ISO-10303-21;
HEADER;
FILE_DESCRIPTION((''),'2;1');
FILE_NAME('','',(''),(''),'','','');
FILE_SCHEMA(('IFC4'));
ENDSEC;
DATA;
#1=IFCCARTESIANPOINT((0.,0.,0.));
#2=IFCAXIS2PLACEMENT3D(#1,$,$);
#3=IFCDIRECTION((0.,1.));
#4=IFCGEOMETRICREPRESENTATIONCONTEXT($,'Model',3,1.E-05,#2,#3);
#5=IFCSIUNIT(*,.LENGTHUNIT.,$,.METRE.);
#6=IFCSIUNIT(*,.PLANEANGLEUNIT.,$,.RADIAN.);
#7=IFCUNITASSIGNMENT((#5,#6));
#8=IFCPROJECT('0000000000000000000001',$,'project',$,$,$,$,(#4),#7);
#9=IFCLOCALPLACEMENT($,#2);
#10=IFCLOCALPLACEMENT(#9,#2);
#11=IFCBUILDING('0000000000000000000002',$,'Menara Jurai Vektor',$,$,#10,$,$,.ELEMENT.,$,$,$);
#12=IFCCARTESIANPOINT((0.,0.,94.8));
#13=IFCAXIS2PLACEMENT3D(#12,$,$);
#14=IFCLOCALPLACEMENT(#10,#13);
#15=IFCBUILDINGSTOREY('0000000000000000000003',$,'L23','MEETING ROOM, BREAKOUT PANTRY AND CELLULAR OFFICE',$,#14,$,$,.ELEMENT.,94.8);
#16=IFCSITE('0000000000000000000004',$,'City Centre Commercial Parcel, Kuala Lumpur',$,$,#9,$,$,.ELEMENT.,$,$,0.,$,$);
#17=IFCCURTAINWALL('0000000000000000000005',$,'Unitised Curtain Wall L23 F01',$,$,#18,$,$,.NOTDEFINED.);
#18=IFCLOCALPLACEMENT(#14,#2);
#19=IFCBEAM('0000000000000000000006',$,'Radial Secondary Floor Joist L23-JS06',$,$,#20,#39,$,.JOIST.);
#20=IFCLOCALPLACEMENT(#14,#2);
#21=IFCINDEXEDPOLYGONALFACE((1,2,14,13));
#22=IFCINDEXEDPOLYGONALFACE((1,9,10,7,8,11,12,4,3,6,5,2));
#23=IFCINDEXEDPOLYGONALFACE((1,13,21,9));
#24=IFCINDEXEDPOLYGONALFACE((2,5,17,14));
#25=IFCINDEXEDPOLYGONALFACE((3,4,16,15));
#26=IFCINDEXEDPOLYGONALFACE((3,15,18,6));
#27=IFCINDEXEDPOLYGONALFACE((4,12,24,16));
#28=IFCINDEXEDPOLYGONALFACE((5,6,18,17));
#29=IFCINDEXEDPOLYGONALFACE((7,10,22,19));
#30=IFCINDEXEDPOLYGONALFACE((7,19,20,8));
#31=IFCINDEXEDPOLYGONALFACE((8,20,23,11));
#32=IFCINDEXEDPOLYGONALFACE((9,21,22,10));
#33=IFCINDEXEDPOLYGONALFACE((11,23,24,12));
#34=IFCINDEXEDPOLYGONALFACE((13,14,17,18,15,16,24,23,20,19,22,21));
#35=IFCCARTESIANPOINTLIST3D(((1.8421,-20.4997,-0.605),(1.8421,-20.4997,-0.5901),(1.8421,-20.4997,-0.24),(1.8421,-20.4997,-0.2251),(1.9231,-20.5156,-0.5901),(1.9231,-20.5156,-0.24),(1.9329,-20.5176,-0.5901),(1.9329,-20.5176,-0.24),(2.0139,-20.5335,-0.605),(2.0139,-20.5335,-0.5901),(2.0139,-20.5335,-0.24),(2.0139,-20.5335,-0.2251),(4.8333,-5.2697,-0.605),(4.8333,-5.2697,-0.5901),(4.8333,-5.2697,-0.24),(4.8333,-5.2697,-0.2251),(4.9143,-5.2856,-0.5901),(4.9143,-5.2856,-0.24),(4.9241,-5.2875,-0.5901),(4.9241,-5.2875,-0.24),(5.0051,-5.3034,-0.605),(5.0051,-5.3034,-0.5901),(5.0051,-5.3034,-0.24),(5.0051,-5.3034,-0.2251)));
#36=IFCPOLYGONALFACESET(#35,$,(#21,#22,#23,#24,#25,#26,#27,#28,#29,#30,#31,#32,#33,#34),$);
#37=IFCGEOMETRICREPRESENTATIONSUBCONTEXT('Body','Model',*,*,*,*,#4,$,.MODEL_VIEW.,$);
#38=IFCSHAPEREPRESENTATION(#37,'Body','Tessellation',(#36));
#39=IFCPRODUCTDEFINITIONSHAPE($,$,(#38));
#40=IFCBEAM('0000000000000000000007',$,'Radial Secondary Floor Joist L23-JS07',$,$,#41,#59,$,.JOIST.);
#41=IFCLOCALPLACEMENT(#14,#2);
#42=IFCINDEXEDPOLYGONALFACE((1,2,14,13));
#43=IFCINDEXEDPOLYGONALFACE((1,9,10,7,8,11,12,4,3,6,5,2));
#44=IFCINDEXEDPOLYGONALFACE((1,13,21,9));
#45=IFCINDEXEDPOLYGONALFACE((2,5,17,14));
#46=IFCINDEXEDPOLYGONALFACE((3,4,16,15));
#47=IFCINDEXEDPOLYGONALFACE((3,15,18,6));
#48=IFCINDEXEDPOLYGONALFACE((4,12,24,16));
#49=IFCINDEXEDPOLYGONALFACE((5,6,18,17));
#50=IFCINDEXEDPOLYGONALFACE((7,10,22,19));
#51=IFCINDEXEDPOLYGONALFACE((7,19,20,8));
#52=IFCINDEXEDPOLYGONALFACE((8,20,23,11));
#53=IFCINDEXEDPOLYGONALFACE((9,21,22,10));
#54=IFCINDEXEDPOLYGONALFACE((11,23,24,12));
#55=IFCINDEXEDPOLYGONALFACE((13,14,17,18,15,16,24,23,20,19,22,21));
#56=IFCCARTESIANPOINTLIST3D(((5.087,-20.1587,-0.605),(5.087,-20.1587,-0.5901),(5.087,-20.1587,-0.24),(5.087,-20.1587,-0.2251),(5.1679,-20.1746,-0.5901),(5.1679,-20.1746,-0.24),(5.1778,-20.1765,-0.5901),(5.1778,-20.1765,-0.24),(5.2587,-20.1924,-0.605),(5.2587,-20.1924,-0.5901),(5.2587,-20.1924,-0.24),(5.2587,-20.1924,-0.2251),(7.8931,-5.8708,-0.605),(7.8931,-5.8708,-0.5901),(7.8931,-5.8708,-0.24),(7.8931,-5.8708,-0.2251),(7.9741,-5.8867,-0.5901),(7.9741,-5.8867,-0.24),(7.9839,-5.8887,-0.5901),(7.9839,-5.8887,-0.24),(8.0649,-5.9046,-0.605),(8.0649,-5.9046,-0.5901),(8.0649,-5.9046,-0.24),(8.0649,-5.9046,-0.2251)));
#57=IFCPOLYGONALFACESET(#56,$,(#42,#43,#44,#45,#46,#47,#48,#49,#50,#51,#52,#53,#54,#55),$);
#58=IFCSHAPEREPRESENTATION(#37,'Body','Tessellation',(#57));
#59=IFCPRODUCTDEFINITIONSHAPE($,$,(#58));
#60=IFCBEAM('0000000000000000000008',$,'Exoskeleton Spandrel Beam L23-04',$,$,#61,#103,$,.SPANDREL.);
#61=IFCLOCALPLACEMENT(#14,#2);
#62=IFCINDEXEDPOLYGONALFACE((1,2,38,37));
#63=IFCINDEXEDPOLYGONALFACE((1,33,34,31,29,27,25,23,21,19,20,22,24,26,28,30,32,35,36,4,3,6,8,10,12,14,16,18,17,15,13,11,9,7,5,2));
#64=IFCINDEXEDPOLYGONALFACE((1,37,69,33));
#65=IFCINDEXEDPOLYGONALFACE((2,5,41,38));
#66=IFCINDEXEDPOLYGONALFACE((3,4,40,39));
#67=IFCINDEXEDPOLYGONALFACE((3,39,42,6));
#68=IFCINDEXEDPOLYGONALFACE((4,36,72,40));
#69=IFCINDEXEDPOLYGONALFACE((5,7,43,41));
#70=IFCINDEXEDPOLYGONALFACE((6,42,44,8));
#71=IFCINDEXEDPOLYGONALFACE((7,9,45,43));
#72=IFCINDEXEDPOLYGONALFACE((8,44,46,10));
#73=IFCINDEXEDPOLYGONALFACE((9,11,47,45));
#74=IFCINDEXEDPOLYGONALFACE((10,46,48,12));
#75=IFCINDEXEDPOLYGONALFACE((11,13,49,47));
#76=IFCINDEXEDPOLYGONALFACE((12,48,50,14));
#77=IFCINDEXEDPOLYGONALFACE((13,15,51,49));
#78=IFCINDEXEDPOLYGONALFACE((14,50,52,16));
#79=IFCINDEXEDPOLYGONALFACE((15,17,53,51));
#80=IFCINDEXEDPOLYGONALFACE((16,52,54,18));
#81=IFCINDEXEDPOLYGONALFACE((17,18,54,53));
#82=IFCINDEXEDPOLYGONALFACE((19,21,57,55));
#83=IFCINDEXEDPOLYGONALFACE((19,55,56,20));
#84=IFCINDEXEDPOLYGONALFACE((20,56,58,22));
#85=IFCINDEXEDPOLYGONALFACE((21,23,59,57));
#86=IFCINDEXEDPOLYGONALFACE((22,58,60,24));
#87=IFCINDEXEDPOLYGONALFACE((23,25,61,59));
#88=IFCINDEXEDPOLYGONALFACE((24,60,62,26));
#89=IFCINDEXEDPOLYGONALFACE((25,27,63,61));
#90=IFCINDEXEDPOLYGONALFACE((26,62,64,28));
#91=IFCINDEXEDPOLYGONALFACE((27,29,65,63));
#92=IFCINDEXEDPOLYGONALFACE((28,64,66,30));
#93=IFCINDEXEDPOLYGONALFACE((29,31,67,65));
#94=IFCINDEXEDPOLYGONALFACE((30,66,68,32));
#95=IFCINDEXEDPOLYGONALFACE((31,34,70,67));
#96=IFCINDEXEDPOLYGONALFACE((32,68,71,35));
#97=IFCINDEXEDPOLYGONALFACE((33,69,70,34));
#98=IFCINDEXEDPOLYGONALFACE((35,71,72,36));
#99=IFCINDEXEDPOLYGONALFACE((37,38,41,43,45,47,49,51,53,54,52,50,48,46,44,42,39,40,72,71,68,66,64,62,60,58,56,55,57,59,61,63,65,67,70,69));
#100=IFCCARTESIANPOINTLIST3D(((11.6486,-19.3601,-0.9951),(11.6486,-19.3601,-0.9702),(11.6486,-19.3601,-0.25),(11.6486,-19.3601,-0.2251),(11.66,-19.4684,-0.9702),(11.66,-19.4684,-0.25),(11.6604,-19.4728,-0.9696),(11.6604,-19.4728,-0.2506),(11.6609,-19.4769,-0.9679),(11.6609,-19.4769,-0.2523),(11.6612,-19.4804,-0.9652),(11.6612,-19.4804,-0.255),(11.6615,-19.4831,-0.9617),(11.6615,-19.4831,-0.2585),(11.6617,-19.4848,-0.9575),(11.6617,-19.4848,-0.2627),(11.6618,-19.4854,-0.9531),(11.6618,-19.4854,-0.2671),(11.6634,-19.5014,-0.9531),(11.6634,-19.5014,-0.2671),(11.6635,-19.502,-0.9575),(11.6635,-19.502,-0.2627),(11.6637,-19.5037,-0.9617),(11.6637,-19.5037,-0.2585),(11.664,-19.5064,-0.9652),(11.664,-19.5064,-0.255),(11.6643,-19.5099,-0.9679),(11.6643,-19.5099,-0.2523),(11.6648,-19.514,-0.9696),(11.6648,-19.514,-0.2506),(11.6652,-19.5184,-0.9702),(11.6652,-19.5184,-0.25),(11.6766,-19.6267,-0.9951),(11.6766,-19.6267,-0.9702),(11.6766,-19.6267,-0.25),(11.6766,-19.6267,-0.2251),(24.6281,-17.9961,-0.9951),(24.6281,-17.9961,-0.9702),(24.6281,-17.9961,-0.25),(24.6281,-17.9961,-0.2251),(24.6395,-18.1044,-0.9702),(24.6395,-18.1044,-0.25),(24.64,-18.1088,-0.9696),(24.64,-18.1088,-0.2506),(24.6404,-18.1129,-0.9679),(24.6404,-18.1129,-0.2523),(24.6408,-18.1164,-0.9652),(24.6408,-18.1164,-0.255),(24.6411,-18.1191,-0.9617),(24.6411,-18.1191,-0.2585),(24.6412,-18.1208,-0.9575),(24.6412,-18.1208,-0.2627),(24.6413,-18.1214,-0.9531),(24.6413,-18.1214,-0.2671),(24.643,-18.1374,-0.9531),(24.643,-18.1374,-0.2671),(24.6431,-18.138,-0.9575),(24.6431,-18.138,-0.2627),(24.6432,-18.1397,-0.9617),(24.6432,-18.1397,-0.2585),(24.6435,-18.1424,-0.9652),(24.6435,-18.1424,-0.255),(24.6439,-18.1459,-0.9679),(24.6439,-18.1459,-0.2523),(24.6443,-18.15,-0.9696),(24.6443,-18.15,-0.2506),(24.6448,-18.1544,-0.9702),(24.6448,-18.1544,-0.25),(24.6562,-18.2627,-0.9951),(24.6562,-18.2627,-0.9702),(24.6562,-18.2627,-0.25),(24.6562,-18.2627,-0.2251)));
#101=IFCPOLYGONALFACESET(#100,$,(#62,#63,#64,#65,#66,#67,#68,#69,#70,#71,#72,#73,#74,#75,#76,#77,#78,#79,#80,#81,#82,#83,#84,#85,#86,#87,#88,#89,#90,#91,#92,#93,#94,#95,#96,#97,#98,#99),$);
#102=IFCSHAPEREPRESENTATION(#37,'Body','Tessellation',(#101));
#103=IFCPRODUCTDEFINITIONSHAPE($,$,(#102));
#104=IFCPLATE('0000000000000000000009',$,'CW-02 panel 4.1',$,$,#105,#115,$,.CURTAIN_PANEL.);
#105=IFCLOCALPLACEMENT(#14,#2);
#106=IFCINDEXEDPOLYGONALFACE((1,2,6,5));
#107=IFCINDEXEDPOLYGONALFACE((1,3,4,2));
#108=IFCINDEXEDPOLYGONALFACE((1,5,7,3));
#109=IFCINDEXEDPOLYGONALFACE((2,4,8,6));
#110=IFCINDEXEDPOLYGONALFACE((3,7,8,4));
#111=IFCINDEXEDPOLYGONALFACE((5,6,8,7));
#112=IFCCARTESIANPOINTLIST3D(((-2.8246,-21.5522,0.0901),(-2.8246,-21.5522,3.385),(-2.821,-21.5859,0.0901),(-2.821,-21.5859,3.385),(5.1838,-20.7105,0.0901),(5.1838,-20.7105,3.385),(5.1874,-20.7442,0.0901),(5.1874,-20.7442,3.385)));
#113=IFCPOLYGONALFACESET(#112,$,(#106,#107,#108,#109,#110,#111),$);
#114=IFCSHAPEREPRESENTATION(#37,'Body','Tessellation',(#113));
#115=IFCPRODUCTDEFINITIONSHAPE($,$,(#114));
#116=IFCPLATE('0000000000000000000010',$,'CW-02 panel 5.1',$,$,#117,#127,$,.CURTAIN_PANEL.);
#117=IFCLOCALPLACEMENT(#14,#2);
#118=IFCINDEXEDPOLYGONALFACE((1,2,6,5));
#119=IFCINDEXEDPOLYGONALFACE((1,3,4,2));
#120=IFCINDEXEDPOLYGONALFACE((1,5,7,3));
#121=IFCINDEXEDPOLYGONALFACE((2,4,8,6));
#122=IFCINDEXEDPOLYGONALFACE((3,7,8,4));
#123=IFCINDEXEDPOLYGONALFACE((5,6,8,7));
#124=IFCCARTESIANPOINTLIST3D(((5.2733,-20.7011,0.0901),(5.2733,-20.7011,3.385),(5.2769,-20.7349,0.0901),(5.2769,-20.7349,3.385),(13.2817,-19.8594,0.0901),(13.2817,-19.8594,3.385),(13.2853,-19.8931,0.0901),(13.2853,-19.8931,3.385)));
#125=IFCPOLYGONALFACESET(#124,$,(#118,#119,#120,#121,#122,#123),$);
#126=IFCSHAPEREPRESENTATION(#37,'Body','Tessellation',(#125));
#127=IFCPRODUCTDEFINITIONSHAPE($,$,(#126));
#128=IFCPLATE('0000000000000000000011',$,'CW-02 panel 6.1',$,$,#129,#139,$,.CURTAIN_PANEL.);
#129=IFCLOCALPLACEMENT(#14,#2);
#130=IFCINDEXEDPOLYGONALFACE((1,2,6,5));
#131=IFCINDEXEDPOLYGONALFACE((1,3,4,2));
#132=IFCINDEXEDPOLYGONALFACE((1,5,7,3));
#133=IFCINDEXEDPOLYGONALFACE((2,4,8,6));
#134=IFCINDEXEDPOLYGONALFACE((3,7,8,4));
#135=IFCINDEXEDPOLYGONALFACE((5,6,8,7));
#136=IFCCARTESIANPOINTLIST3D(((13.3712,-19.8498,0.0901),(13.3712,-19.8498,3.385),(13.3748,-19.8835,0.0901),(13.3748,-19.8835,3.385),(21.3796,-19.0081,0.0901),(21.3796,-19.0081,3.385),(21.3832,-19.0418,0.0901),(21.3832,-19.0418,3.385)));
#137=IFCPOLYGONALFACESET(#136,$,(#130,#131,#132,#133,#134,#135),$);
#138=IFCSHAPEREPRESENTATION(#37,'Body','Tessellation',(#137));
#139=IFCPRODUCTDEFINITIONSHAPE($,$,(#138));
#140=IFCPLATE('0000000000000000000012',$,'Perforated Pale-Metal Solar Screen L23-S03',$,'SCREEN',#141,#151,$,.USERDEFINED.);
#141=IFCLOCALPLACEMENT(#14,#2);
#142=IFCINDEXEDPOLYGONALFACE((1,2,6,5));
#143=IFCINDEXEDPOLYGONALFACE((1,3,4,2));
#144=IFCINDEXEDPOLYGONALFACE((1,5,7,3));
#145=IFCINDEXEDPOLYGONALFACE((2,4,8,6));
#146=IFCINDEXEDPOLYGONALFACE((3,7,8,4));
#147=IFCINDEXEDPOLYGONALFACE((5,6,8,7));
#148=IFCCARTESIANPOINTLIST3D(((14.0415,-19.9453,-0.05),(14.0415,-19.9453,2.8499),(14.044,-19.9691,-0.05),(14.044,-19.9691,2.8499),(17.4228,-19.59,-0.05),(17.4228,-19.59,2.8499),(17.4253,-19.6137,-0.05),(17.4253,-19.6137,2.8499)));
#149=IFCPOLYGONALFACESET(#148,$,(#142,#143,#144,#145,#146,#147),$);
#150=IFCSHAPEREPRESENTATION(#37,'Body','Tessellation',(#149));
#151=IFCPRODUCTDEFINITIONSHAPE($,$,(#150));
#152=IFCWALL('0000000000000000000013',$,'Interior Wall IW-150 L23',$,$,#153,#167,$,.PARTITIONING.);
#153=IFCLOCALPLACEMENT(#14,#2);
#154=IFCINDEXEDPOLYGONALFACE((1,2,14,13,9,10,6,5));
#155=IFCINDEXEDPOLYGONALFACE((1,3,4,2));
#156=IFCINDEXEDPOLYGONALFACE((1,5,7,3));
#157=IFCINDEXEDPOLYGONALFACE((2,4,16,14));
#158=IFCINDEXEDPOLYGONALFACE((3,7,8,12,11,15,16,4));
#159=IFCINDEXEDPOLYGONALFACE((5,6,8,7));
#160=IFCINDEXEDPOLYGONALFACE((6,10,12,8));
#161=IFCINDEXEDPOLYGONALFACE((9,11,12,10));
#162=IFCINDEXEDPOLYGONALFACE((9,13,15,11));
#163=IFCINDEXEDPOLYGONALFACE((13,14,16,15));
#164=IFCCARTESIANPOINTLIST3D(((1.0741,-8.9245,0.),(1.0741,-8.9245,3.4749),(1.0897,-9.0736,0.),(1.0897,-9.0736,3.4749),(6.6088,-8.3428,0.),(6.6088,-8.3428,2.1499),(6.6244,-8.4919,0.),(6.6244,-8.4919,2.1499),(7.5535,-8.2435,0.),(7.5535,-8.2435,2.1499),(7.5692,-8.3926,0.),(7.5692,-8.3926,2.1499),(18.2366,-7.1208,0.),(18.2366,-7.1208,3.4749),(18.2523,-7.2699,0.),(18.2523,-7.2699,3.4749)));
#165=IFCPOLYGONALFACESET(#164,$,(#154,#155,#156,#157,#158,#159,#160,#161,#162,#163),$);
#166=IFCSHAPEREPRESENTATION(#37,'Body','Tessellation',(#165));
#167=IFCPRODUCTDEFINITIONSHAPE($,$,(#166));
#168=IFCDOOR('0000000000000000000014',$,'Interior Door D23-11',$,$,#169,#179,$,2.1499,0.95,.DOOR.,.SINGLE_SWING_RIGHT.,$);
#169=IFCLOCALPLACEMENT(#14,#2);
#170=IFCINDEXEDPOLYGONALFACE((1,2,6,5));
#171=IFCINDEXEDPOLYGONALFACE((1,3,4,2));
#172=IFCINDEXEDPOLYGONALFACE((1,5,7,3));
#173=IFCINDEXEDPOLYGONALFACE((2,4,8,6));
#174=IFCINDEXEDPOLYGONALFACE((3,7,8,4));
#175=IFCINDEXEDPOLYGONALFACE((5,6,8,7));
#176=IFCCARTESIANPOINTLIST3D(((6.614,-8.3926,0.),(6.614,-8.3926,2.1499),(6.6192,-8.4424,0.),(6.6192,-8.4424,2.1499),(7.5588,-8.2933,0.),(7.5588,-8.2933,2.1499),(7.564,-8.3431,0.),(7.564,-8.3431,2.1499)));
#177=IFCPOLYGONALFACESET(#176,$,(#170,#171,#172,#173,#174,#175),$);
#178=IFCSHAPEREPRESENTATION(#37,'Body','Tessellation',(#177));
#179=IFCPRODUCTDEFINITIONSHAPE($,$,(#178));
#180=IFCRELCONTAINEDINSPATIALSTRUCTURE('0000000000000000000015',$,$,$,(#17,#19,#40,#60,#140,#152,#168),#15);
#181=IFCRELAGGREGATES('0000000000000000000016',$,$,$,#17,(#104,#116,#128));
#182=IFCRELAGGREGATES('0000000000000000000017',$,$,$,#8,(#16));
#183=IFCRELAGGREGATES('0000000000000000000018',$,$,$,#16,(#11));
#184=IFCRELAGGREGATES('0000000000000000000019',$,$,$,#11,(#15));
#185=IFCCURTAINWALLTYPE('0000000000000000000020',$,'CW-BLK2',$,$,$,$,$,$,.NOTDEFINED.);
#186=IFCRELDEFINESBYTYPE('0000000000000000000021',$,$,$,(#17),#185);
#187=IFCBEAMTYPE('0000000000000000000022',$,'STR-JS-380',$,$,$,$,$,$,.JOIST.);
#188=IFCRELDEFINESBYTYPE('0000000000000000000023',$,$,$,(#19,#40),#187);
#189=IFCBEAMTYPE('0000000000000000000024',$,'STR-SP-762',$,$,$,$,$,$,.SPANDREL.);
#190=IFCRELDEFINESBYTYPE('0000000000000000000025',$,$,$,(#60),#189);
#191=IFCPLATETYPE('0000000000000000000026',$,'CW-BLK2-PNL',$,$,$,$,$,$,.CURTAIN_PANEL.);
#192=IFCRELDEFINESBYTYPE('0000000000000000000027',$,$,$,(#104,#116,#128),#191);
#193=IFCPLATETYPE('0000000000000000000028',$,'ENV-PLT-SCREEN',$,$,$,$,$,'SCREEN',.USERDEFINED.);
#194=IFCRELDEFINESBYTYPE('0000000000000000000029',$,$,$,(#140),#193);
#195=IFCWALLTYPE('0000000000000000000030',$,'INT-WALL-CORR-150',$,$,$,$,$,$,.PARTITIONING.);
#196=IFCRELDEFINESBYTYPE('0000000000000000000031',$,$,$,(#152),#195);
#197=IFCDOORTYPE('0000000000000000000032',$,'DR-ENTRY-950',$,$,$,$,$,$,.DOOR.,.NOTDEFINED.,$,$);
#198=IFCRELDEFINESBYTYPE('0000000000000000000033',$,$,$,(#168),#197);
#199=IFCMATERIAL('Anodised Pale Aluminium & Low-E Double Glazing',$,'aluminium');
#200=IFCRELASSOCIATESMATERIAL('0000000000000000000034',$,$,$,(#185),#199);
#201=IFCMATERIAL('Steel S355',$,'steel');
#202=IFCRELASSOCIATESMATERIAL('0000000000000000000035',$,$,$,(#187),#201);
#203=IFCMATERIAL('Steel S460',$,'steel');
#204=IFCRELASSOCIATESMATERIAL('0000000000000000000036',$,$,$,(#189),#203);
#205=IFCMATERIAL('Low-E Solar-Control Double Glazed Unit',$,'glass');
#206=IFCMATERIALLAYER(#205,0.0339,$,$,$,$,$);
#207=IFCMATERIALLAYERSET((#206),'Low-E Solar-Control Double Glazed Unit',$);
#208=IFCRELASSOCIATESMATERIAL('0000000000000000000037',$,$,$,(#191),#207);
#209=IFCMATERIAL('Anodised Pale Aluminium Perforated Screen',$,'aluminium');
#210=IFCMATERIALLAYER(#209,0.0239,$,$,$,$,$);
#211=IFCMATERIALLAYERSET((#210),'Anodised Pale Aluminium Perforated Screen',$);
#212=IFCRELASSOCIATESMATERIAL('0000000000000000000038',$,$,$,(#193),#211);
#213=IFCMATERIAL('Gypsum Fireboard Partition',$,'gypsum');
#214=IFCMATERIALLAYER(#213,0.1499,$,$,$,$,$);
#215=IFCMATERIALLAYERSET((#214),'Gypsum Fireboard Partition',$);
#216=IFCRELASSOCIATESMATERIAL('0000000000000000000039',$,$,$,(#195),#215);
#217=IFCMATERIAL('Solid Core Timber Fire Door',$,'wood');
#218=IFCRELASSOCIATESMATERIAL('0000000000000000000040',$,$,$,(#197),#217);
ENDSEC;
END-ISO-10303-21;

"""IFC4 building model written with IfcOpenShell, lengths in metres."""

from ifc_helpers import new_model, si_unit, direction, frame, frame_2d, origin, origin_2d, place, context, subcontext, project, spatial, rectangle, i_section, extrude, material, layer, layer_set, material_profile, profile_set, type_object, element, fill, aggregate, save


model = new_model("IFC4")

# Units and contexts
model_context = context("Model", 3, precision=1e-05, world=origin(), true_north=direction((0.0, 1.0)))
body_context = subcontext(model_context, "Body", "Model", "MODEL_VIEW")
ifc_project = project(units=[si_unit("LENGTHUNIT", "METRE"), si_unit("PLANEANGLEUNIT", "RADIAN")], contexts=[model_context])

# Site, building, storey
site_placement = place(None, origin())
site = spatial("IfcSite", under=ifc_project, at=site_placement, Name="City Centre Commercial Parcel, Kuala Lumpur", CompositionType="ELEMENT", RefElevation=0.0)
building_placement = place(site_placement, origin())
building = spatial("IfcBuilding", under=site, at=building_placement, Name="Menara Jurai Vektor", CompositionType="ELEMENT")
storey_placement = place(building_placement, frame((0.0, 0.0, 94.8)))
storey = spatial("IfcBuildingStorey", under=building, at=storey_placement, Name="L23", Description="MEETING ROOM, BREAKOUT PANTRY AND CELLULAR OFFICE", CompositionType="ELEMENT", Elevation=94.8)

# Shared definitions
ifc_material_1 = material(Name="Steel S460", Category="steel")

# Curtain wall
ifc_material_2 = material(Name="Anodised Pale Aluminium & Low-E Double Glazing", Category="aluminium")
curtain_wall_type = type_object("IfcCurtainWallType", Name="CW-BLK2", PredefinedType="NOTDEFINED", material=ifc_material_2)
curtain_wall_placement = place(storey_placement, origin())
curtain_wall = element("IfcCurtainWall", 1, at=curtain_wall_placement, inside=storey, type_object=curtain_wall_type, Name="Unitised Curtain Wall L23 F01", PredefinedType="NOTDEFINED")

# Beams
ifc_material_3 = material(Name="Steel S355", Category="steel")
ifc_material_profile_1 = material_profile(ifc_material_3, i_section(OverallWidth=0.175, OverallDepth=0.3799, WebThickness=0.01, FlangeThickness=0.0149, at=origin_2d()), Name="PG 380x175x58")
ifc_profile_set_1 = profile_set([ifc_material_profile_1], Name="Steel S355")
beam_type_1 = type_object("IfcBeamType", Name="STR-JS-380", PredefinedType="JOIST", material=ifc_profile_set_1)
beam_1_placement = place(storey_placement, frame((1.928, -20.5166, -0.415), z_axis=(0.192721, 0.981254, 0.0), x_axis=(-0.981254, 0.192721, 0.0)))
element("IfcBeam", 2, at=beam_1_placement, inside=storey, type_object=beam_type_1, Name="Radial Secondary Floor Joist L23-JS06", PredefinedType="JOIST", context=body_context, shape_type="SweptSolid", body=[
    extrude(i_section(OverallWidth=0.175, OverallDepth=0.3799, WebThickness=0.01, FlangeThickness=0.0149, at=origin_2d()), origin(), (0.0, 0.0, 1.0), 15.521),
])
beam_2_placement = place(storey_placement, frame((5.1729, -20.1755, -0.415), z_axis=(0.19272, 0.981254, 0.0), x_axis=(-0.981254, 0.19272, 0.0)))
element("IfcBeam", 3, at=beam_2_placement, inside=storey, type_object=beam_type_1, Name="Radial Secondary Floor Joist L23-JS07", PredefinedType="JOIST", context=body_context, shape_type="SweptSolid", body=[
    extrude(i_section(OverallWidth=0.175, OverallDepth=0.3799, WebThickness=0.01, FlangeThickness=0.0149, at=origin_2d()), origin(), (0.0, 0.0, 1.0), 14.5608),
])
ifc_material_profile_2 = material_profile(ifc_material_1, i_section(OverallWidth=0.2681, OverallDepth=0.77, WebThickness=0.0161, FlangeThickness=0.0249, FilletRadius=0.0171, at=origin_2d()), Name="UKB 762x267x197")
ifc_profile_set_2 = profile_set([ifc_material_profile_2], Name="Steel S460")
beam_type_2 = type_object("IfcBeamType", Name="STR-SP-762", PredefinedType="SPANDREL", material=ifc_profile_set_2)
beam_3_placement = place(storey_placement, frame((11.6626, -19.4934, -0.6101), z_axis=(0.994523, 0.104514, 0.0), x_axis=(-0.104514, 0.994523, 0.0)))
element("IfcBeam", 4, at=beam_3_placement, inside=storey, type_object=beam_type_2, Name="Exoskeleton Spandrel Beam L23-04", PredefinedType="SPANDREL", context=body_context, shape_type="SweptSolid", body=[
    extrude(i_section(OverallWidth=0.2681, OverallDepth=0.77, WebThickness=0.0161, FlangeThickness=0.0249, FilletRadius=0.0171, at=origin_2d()), origin(), (0.0, 0.0, 1.0), 13.051),
])

# Plates
ifc_material_4 = material(Name="Low-E Solar-Control Double Glazed Unit", Category="glass")
ifc_layer_1 = layer(ifc_material_4, 0.0339)
ifc_layer_set_1 = layer_set([ifc_layer_1], Name="Low-E Solar-Control Double Glazed Unit")
plate_type_1 = type_object("IfcPlateType", Name="CW-BLK2-PNL", PredefinedType="CURTAIN_PANEL", material=ifc_layer_set_1)
plate_1_placement = place(storey_placement, frame((1.1814, -21.1482, 0.0901), z_axis=(0.0, 0.0, 1.0), x_axis=(0.994522, 0.104529, 0.0)))
plate_1 = element("IfcPlate", 5, at=plate_1_placement, type_object=plate_type_1, Name="CW-02 panel 4.1", PredefinedType="CURTAIN_PANEL", context=body_context, shape_type="SweptSolid", body=[
    extrude(rectangle(XDim=8.0525, YDim=0.0339, at=origin_2d()), origin(), (0.0, 0.0, 1.0), 3.2949),
])
plate_2_placement = place(storey_placement, frame((9.2793, -20.2971, 0.0901), z_axis=(0.0, 0.0, 1.0), x_axis=(0.994522, 0.104529, 0.0)))
plate_2 = element("IfcPlate", 6, at=plate_2_placement, type_object=plate_type_1, Name="CW-02 panel 5.1", PredefinedType="CURTAIN_PANEL", context=body_context, shape_type="SweptSolid", body=[
    extrude(rectangle(XDim=8.0525, YDim=0.0339, at=origin_2d()), origin(), (0.0, 0.0, 1.0), 3.2949),
])
plate_3_placement = place(storey_placement, frame((17.3772, -19.4458, 0.0901), z_axis=(0.0, 0.0, 1.0), x_axis=(0.994522, 0.104529, 0.0)))
plate_3 = element("IfcPlate", 7, at=plate_3_placement, type_object=plate_type_1, Name="CW-02 panel 6.1", PredefinedType="CURTAIN_PANEL", context=body_context, shape_type="SweptSolid", body=[
    extrude(rectangle(XDim=8.0525, YDim=0.0339, at=origin_2d()), origin(), (0.0, 0.0, 1.0), 3.2949),
])
aggregate(curtain_wall, [plate_1, plate_2, plate_3])
ifc_material_5 = material(Name="Anodised Pale Aluminium Perforated Screen", Category="aluminium")
ifc_layer_2 = layer(ifc_material_5, 0.0239)
ifc_layer_set_2 = layer_set([ifc_layer_2], Name="Anodised Pale Aluminium Perforated Screen")
plate_type_2 = type_object("IfcPlateType", Name="ENV-PLT-SCREEN", ElementType="SCREEN", PredefinedType="USERDEFINED", material=ifc_layer_set_2)
plate_4_placement = place(storey_placement, frame((15.7334, -19.7795, -0.05), z_axis=(0.0, 0.0, 1.0), x_axis=(0.994522, 0.104528, 0.0)))
element("IfcPlate", 8, at=plate_4_placement, inside=storey, type_object=plate_type_2, Name="Perforated Pale-Metal Solar Screen L23-S03", ObjectType="SCREEN", PredefinedType="USERDEFINED", context=body_context, shape_type="SweptSolid", body=[
    extrude(rectangle(XDim=3.3999, YDim=0.0239, at=origin_2d()), origin(), (0.0, 0.0, 1.0), 2.8999),
])

# Wall, opening, door
ifc_material_6 = material(Name="Gypsum Fireboard Partition", Category="gypsum")
ifc_layer_3 = layer(ifc_material_6, 0.1499)
ifc_layer_set_3 = layer_set([ifc_layer_3], Name="Gypsum Fireboard Partition")
wall_type_1 = type_object("IfcWallType", Name="INT-WALL-CORR-150", PredefinedType="PARTITIONING", material=ifc_layer_set_3)
wall_1_placement = place(storey_placement, frame((1.082, -8.999, 0.0), z_axis=(0.0, 0.0, 1.0), x_axis=(0.994523, 0.10452, 0.0)))
wall_1 = element("IfcWall", 9, at=wall_1_placement, inside=storey, type_object=wall_type_1, Name="Interior Wall IW-150 L23", PredefinedType="PARTITIONING", context=body_context, shape_type="SweptSolid", body=[
    extrude(rectangle(XDim=17.2571, YDim=0.1499, at=frame_2d((8.6284, 0.0))), origin(), (0.0, 0.0, 1.0), 3.4749),
])
opening_placement = place(wall_1_placement, frame((5.5649, 0.0, 0.0)))
opening = element("IfcOpeningElement", 10, at=opening_placement, cuts=wall_1, PredefinedType="OPENING", context=body_context, shape_type="SweptSolid", body=[
    extrude(rectangle(XDim=0.95, YDim=2.1499, at=frame_2d((0.4751, 1.075))), frame((0.0, 0.085, 0.0), z_axis=(0.0, -1.0, 0.0), x_axis=(1.0, 0.0, 0.0)), (0.0, 0.0, 1.0), 0.1699),
])
ifc_material_7 = material(Name="Solid Core Timber Fire Door", Category="wood")
door_type = type_object("IfcDoorType", Name="DR-ENTRY-950", OperationType="NOTDEFINED", PredefinedType="DOOR", material=ifc_material_7)
door_placement = place(opening_placement, origin())
door = element("IfcDoor", 11, at=door_placement, inside=storey, type_object=door_type, Name="Interior Door D23-11", OperationType="SINGLE_SWING_RIGHT", OverallHeight=2.1499, OverallWidth=0.95, PredefinedType="DOOR", context=body_context, shape_type="SweptSolid", body=[
    extrude(rectangle(XDim=0.95, YDim=2.1499, at=frame_2d((0.4751, 1.075))), frame((0.0, 0.0249, 0.0), z_axis=(0.0, -1.0, 0.0), x_axis=(1.0, 0.0, 0.0)), (0.0, 0.0, 1.0), 0.05),
])
fill(opening, door)

save(model, "model.ifc")
